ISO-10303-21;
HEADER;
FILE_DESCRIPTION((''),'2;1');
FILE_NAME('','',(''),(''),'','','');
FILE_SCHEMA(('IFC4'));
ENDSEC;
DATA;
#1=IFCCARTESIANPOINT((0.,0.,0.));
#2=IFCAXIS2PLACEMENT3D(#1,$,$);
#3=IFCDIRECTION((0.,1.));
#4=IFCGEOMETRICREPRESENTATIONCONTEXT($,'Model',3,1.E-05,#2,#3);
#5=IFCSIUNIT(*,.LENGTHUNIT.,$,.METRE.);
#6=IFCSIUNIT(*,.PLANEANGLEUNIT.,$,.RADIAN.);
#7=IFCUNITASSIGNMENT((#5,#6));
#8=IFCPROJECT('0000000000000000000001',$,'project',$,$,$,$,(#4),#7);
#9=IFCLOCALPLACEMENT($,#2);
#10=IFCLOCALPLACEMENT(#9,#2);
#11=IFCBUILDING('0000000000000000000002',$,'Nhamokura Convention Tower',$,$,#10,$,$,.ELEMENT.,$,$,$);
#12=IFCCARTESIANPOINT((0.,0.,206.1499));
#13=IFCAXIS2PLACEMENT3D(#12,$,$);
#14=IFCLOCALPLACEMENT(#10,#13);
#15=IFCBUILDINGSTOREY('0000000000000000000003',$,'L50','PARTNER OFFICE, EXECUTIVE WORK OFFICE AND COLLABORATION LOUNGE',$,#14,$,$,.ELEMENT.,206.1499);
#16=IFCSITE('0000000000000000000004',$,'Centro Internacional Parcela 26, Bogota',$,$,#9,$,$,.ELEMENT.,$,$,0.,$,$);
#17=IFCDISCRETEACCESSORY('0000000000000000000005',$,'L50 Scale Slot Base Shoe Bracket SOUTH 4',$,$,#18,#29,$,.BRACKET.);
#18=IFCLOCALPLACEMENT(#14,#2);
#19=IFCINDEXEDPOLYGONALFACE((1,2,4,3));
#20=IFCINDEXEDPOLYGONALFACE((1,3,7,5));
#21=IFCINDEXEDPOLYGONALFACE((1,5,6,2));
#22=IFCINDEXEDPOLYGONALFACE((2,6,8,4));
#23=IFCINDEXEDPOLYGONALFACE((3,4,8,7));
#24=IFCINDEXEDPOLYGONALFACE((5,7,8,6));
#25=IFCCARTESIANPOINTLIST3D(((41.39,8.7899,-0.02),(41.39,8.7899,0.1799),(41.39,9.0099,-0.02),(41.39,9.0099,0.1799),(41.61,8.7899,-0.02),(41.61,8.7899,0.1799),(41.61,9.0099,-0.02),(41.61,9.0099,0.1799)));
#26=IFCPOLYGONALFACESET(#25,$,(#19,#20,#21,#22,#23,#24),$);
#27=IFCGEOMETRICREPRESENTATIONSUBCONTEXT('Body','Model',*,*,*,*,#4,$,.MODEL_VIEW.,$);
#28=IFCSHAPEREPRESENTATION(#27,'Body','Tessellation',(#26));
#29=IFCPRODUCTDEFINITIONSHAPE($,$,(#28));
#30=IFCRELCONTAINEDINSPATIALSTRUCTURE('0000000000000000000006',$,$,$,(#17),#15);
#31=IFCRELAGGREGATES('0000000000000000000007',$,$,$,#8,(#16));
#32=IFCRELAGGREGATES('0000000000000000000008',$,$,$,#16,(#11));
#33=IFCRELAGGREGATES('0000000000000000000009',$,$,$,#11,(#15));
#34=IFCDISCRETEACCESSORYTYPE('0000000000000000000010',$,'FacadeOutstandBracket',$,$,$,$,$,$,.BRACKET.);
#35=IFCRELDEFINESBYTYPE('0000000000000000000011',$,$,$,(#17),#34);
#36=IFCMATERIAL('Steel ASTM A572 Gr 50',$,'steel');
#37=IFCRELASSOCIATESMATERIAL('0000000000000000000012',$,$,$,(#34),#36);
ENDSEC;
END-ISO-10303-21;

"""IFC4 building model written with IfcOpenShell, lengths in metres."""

from ifc_helpers import new_model, si_unit, direction, frame, origin, origin_2d, place, context, subcontext, project, spatial, rectangle, extrude, material, type_object, element, save


model = new_model("IFC4")

# Units and contexts
model_context = context("Model", 3, precision=1e-05, world=origin(), true_north=direction((0.0, 1.0)))
body_context = subcontext(model_context, "Body", "Model", "MODEL_VIEW")
ifc_project = project(units=[si_unit("LENGTHUNIT", "METRE"), si_unit("PLANEANGLEUNIT", "RADIAN")], contexts=[model_context])

# Site, building, storey
site_placement = place(None, origin())
site = spatial("IfcSite", under=ifc_project, at=site_placement, Name="Centro Internacional Parcela 26, Bogota", CompositionType="ELEMENT", RefElevation=0.0)
building_placement = place(site_placement, origin())
building = spatial("IfcBuilding", under=site, at=building_placement, Name="Nhamokura Convention Tower", CompositionType="ELEMENT")
storey_placement = place(building_placement, frame((0.0, 0.0, 206.1499)))
storey = spatial("IfcBuildingStorey", under=building, at=storey_placement, Name="L50", Description="PARTNER OFFICE, EXECUTIVE WORK OFFICE AND COLLABORATION LOUNGE", CompositionType="ELEMENT", Elevation=206.1499)

# Discrete accessory
ifc_material_1 = material(Name="Steel ASTM A572 Gr 50", Category="steel")
discrete_accessory_type = type_object("IfcDiscreteAccessoryType", Name="FacadeOutstandBracket", PredefinedType="BRACKET", material=ifc_material_1)
discrete_accessory_placement = place(storey_placement, frame((41.5, 8.8999, -0.02), z_axis=(0.0, 0.0, 1.0), x_axis=(1.0, 0.0, 0.0)))
element("IfcDiscreteAccessory", 1, at=discrete_accessory_placement, inside=storey, type_object=discrete_accessory_type, Name="L50 Scale Slot Base Shoe Bracket SOUTH 4", PredefinedType="BRACKET", context=body_context, shape_type="SweptSolid", body=[
    extrude(rectangle(XDim=0.22, YDim=0.22, at=origin_2d()), origin(), (0.0, 0.0, 1.0), 0.2),
])

save(model, "model.ifc")
